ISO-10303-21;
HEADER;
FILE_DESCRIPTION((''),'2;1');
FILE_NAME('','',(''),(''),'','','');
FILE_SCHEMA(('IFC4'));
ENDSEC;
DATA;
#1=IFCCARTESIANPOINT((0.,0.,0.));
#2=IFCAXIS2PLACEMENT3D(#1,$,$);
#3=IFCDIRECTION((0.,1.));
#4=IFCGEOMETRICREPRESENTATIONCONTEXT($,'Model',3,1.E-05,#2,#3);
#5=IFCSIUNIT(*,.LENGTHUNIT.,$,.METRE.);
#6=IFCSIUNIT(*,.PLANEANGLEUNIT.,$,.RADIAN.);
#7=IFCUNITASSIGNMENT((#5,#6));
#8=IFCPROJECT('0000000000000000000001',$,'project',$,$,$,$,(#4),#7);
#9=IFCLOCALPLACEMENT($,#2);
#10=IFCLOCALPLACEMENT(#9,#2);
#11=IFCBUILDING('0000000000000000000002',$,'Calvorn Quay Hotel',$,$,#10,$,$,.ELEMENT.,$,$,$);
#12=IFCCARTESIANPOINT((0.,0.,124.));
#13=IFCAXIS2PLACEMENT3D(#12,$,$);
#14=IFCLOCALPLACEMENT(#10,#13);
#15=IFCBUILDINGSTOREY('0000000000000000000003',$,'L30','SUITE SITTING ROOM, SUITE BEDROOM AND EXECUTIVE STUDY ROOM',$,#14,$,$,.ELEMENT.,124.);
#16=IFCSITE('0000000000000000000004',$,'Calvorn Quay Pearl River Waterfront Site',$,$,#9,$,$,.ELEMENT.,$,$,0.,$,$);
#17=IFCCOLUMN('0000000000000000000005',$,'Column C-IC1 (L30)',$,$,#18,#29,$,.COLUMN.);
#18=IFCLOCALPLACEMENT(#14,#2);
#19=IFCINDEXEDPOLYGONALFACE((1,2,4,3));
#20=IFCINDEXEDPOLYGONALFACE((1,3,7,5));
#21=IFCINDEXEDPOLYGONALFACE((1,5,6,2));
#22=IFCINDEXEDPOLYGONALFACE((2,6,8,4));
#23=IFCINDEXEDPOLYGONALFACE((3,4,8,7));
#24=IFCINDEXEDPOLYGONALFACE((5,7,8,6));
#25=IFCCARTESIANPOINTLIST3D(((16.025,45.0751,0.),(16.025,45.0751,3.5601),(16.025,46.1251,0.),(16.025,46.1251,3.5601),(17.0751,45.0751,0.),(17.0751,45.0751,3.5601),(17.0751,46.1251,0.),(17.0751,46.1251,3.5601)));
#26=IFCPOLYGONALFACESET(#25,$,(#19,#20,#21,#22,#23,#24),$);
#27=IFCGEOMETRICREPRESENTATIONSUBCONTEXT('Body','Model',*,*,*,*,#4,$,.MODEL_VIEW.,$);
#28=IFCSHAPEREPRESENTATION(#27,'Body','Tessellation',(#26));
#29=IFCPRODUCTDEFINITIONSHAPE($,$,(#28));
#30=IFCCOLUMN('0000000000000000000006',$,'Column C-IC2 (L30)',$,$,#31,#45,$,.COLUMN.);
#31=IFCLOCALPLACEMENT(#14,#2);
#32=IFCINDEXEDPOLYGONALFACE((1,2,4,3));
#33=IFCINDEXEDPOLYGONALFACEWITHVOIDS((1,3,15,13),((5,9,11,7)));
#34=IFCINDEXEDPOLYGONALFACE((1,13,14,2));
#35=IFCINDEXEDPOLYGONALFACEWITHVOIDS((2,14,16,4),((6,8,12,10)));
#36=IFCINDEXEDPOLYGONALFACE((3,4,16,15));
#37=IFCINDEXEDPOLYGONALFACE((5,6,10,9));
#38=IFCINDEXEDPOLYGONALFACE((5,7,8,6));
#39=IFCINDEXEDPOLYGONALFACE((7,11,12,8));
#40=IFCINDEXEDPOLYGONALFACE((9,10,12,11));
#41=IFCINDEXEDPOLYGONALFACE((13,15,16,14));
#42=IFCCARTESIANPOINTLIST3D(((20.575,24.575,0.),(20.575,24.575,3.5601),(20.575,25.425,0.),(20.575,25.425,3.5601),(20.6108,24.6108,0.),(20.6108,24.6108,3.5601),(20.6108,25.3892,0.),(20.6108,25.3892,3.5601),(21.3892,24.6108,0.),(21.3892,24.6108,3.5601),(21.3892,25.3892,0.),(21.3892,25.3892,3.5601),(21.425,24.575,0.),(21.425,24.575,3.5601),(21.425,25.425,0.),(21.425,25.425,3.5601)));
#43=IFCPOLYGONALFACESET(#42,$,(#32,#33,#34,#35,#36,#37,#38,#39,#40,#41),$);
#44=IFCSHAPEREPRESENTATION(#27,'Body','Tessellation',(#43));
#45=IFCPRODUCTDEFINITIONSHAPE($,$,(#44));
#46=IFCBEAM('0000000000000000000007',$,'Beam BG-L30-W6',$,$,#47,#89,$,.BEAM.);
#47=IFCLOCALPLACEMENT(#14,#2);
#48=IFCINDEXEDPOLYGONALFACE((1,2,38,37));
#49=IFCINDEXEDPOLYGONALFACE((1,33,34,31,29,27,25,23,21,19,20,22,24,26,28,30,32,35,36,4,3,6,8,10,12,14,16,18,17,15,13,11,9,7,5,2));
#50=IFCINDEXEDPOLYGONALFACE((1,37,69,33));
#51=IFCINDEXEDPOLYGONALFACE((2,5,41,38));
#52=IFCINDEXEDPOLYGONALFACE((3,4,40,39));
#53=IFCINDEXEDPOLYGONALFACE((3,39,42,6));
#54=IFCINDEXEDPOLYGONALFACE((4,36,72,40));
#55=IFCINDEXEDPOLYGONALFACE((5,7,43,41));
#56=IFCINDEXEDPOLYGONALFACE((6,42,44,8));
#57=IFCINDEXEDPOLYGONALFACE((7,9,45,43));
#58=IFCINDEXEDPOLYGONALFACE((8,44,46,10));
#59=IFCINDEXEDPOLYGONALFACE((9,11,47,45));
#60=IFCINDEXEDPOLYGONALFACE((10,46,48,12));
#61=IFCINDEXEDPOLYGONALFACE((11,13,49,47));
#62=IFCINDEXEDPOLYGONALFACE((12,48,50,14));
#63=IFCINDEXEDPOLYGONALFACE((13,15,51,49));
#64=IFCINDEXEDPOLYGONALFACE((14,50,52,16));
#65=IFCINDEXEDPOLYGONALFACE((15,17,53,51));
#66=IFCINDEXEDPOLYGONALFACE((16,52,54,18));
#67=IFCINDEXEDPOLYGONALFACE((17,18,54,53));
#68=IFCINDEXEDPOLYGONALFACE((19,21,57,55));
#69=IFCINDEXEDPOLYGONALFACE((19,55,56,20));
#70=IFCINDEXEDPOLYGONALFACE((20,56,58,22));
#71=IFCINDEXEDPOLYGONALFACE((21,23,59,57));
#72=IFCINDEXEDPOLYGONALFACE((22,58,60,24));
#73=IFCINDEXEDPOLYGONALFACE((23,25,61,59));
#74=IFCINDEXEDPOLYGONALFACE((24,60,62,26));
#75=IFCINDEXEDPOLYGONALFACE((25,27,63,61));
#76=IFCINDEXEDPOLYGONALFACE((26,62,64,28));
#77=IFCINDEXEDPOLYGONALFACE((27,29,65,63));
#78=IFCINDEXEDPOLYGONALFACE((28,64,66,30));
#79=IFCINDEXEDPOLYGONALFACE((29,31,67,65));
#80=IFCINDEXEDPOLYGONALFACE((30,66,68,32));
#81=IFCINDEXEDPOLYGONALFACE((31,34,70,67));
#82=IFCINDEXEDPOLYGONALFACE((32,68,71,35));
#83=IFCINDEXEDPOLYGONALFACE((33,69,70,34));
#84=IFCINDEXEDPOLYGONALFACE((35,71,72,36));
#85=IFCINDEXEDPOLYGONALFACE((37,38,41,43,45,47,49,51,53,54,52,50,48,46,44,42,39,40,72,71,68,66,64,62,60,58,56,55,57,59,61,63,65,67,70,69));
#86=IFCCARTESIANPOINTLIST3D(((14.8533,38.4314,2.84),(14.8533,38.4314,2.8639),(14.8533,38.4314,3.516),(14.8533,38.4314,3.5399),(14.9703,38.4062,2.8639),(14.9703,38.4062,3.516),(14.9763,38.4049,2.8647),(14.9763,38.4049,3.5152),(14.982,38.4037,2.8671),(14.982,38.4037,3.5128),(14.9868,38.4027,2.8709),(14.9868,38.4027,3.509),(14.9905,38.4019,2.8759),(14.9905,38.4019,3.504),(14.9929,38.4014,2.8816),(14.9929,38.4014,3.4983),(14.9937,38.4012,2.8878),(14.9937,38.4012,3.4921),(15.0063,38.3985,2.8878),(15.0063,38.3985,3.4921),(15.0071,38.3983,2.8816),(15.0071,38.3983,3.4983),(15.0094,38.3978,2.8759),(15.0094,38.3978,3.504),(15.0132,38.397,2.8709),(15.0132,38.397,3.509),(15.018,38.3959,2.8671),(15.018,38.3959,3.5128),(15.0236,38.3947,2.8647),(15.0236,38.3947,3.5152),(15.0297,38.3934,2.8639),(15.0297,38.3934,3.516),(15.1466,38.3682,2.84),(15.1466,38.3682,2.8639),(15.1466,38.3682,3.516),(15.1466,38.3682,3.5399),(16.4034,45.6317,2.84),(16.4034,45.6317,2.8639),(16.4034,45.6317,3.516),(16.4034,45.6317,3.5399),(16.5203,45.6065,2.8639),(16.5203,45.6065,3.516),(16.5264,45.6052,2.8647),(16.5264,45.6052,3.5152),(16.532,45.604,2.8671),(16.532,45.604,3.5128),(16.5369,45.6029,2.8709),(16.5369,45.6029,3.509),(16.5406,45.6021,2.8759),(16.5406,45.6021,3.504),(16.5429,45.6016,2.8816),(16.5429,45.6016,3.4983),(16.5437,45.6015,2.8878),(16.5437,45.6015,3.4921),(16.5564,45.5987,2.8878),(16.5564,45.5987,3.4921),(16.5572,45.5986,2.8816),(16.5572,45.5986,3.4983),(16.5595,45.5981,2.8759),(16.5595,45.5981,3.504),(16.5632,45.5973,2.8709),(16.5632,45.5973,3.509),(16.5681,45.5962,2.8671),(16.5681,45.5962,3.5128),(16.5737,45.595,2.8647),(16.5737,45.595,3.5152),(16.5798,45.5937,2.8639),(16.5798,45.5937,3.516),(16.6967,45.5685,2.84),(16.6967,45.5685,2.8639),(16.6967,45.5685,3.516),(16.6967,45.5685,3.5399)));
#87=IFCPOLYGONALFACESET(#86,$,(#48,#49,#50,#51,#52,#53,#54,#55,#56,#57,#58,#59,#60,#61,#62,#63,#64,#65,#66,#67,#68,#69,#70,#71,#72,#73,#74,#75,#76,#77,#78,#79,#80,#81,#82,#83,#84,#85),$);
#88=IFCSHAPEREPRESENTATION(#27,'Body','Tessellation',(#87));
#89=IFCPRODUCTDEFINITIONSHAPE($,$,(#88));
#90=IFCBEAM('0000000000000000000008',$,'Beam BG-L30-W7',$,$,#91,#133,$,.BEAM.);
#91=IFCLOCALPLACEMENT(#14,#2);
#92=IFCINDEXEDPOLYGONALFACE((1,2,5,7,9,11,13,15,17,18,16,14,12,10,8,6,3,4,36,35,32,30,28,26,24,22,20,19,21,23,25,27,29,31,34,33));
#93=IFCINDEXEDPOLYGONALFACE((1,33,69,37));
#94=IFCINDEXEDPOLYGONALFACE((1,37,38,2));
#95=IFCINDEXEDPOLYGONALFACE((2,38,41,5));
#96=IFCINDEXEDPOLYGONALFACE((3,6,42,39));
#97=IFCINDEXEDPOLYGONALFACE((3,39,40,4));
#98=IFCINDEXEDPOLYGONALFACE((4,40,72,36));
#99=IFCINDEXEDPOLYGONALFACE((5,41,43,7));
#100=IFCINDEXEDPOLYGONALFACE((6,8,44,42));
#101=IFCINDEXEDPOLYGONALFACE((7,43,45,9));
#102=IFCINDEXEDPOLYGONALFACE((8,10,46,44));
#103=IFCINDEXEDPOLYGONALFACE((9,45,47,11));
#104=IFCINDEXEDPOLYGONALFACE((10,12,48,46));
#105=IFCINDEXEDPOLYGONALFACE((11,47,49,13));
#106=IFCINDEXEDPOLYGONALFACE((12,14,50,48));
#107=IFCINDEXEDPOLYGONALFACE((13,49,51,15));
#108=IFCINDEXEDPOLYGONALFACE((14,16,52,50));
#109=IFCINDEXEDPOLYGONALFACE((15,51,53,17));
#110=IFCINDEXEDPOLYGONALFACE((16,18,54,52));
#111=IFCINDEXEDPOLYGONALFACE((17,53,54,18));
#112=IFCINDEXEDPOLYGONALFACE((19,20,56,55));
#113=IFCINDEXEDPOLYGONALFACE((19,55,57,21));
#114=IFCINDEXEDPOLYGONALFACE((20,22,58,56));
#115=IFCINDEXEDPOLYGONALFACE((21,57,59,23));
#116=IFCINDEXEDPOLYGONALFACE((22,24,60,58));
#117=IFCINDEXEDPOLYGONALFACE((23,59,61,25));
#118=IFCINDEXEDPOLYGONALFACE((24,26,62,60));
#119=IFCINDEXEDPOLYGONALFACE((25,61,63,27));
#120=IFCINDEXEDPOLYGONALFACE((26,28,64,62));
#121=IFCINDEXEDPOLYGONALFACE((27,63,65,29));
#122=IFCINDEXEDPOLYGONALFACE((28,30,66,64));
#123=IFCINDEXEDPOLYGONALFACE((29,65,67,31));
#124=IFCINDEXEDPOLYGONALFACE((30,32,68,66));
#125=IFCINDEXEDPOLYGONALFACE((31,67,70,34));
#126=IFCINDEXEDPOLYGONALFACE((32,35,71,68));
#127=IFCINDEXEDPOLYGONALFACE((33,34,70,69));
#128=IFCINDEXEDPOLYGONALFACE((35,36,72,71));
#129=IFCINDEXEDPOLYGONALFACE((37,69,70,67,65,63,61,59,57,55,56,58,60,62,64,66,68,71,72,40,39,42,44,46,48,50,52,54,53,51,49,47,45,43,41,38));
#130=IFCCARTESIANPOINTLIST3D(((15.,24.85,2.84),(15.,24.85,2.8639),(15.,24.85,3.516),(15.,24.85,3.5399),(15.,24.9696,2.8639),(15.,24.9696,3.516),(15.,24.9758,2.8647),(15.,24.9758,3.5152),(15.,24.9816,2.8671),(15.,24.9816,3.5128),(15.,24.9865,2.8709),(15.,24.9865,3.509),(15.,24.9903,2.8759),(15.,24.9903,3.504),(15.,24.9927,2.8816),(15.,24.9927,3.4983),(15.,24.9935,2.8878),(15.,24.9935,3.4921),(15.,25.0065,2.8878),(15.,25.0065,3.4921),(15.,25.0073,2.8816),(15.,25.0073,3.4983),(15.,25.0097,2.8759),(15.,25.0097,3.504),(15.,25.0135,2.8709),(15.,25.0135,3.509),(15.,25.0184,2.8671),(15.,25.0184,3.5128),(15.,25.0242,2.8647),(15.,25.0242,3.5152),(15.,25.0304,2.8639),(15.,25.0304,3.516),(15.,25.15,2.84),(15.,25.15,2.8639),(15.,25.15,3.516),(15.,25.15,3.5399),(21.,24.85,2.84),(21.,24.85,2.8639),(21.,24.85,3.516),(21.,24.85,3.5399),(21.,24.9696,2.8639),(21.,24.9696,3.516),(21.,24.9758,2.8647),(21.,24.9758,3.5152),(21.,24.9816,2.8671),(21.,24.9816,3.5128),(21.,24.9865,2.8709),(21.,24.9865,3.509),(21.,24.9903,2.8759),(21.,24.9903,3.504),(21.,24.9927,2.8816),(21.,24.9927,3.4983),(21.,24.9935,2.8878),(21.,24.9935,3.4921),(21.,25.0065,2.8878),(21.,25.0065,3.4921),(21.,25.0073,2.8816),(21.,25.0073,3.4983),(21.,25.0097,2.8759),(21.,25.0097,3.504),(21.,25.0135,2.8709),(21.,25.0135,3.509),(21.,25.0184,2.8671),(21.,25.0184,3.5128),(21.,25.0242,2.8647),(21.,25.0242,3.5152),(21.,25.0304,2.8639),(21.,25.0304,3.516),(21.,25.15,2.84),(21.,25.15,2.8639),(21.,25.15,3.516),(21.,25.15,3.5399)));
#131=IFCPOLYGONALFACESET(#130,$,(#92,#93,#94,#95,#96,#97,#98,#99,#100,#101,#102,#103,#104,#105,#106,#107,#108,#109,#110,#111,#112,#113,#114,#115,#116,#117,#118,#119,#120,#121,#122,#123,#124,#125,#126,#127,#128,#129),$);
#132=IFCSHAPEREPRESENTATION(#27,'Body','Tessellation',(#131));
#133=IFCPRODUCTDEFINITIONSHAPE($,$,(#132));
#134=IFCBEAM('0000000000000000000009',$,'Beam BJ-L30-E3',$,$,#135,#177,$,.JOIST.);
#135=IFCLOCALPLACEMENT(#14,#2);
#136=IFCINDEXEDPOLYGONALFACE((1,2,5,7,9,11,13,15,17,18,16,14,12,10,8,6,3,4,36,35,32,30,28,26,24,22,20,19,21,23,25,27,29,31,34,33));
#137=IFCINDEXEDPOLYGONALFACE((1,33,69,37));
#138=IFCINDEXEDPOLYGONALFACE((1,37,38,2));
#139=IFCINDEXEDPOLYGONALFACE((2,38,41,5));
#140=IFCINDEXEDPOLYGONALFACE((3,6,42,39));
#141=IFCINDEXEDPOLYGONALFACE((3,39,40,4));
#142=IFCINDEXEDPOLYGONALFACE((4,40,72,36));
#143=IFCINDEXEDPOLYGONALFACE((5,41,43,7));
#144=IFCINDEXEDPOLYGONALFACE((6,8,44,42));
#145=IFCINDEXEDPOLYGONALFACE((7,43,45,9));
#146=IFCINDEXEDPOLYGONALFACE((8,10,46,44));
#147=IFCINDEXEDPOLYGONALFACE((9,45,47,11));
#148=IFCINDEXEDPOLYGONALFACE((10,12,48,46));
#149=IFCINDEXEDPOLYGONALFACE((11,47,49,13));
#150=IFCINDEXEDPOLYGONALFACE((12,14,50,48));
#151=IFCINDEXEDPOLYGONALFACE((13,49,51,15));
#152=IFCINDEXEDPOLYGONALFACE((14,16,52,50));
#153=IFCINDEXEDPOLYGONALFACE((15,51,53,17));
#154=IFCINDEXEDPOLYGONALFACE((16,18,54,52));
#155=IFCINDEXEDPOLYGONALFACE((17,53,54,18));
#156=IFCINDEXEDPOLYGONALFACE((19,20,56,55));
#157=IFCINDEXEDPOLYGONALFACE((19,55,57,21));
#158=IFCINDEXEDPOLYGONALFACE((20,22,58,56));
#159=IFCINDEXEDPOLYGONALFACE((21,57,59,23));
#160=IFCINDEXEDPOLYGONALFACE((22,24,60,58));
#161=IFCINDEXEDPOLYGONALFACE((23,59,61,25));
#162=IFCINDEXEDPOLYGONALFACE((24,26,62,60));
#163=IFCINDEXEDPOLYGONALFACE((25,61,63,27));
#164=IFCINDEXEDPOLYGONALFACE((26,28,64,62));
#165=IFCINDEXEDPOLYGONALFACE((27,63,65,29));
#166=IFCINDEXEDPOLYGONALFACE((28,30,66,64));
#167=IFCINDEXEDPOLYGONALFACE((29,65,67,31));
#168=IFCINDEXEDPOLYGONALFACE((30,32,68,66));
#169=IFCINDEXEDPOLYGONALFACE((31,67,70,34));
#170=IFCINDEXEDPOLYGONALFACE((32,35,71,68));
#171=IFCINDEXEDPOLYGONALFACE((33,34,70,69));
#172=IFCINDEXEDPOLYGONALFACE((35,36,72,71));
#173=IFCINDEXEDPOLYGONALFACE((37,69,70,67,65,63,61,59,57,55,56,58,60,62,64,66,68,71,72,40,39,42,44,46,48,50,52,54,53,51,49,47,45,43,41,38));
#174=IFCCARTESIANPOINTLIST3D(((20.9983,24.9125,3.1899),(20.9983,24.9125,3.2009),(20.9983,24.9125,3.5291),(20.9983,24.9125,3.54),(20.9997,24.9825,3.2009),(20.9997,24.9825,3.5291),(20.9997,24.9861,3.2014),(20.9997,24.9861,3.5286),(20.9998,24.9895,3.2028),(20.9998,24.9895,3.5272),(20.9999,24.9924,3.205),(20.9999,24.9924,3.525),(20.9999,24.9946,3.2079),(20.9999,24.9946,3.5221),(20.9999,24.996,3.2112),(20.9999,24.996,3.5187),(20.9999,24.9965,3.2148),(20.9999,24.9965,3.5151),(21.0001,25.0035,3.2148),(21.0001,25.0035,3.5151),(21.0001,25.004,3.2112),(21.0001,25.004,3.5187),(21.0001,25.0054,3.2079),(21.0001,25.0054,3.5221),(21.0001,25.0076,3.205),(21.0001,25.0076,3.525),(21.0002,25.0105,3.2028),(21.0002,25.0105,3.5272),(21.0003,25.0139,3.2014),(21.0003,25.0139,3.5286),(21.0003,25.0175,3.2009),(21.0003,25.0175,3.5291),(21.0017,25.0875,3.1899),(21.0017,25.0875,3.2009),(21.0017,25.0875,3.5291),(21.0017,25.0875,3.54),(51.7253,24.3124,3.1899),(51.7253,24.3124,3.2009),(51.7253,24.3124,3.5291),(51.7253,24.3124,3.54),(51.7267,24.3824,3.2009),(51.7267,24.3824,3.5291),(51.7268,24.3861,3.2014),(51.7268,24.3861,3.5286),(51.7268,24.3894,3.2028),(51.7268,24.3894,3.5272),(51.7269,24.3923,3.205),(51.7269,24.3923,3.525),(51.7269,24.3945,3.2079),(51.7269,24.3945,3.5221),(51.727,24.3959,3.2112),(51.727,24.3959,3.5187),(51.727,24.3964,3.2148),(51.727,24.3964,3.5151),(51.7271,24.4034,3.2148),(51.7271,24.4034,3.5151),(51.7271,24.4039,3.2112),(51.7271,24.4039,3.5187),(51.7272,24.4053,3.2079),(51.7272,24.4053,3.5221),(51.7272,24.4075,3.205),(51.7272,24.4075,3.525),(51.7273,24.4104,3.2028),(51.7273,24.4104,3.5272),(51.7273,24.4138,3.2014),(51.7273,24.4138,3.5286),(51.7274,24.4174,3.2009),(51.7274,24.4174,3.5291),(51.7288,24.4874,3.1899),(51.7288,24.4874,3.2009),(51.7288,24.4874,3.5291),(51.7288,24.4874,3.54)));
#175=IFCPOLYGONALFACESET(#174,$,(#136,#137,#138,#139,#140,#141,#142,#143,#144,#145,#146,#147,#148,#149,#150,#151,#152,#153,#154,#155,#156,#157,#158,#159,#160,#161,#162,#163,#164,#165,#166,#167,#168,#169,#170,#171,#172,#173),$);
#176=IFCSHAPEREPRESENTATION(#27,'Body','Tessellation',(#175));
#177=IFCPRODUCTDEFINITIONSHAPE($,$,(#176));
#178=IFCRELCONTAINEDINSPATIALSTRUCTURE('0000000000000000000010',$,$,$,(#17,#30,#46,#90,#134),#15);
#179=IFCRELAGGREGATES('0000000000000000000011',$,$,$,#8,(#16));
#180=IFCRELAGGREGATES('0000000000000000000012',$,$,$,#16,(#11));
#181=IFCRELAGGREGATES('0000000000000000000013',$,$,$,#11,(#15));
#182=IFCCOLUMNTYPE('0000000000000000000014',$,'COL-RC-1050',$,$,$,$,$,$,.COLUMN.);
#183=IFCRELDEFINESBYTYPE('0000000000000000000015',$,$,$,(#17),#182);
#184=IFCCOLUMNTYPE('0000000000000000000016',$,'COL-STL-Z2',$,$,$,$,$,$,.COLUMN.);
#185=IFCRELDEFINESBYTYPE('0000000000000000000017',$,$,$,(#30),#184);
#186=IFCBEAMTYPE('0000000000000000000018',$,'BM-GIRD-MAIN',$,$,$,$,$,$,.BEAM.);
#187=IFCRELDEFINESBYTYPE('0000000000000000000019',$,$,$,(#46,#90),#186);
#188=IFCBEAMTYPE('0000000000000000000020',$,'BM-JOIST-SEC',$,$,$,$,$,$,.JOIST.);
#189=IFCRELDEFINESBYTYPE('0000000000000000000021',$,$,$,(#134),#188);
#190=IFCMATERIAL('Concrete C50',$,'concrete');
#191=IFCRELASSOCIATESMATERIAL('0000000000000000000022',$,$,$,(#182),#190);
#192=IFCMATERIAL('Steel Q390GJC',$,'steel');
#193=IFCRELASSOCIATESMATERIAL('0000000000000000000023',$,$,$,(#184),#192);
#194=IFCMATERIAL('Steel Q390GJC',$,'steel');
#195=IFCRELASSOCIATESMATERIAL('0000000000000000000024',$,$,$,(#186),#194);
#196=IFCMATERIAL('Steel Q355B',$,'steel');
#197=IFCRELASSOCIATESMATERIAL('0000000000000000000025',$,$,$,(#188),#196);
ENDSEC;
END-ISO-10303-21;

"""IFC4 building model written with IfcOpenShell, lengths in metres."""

from ifc_helpers import new_model, si_unit, direction, frame, origin, origin_2d, place, context, subcontext, project, spatial, rectangle, hollow_rectangle, i_section, extrude, material, material_profile, profile_set, type_object, element, save


model = new_model("IFC4")

# Units and contexts
model_context = context("Model", 3, precision=1e-05, world=origin(), true_north=direction((0.0, 1.0)))
body_context = subcontext(model_context, "Body", "Model", "MODEL_VIEW")
ifc_project = project(units=[si_unit("LENGTHUNIT", "METRE"), si_unit("PLANEANGLEUNIT", "RADIAN")], contexts=[model_context])

# Site, building, storey
site_placement = place(None, origin())
site = spatial("IfcSite", under=ifc_project, at=site_placement, Name="Calvorn Quay Pearl River Waterfront Site", CompositionType="ELEMENT", RefElevation=0.0)
building_placement = place(site_placement, origin())
building = spatial("IfcBuilding", under=site, at=building_placement, Name="Calvorn Quay Hotel", CompositionType="ELEMENT")
storey_placement = place(building_placement, frame((0.0, 0.0, 124.0)))
storey = spatial("IfcBuildingStorey", under=building, at=storey_placement, Name="L30", Description="SUITE SITTING ROOM, SUITE BEDROOM AND EXECUTIVE STUDY ROOM", CompositionType="ELEMENT", Elevation=124.0)

# Columns
ifc_material_1 = material(Name="Concrete C50", Category="concrete")
ifc_material_profile_1 = material_profile(ifc_material_1, rectangle(XDim=1.05, YDim=1.05, at=origin_2d()), Name="RC1050x1050")
ifc_profile_set_1 = profile_set([ifc_material_profile_1], Name="Concrete C50")
column_type_1 = type_object("IfcColumnType", Name="COL-RC-1050", PredefinedType="COLUMN", material=ifc_profile_set_1)
column_1_placement = place(storey_placement, frame((16.55, 45.6001, 0.0), z_axis=(0.0, 0.0, 1.0), x_axis=(1.0, 0.0, 0.0)))
element("IfcColumn", 1, at=column_1_placement, inside=storey, type_object=column_type_1, Name="Column C-IC1 (L30)", PredefinedType="COLUMN", context=body_context, shape_type="SweptSolid", body=[
    extrude(rectangle(XDim=1.05, YDim=1.05, at=origin_2d()), origin(), (0.0, 0.0, 1.0), 3.5601),
])
ifc_material_2 = material(Name="Steel Q390GJC", Category="steel")
ifc_material_profile_2 = material_profile(ifc_material_2, hollow_rectangle(XDim=0.8501, YDim=0.8501, WallThickness=0.0359, at=origin_2d()), Name="BOX850x850x36")
ifc_profile_set_2 = profile_set([ifc_material_profile_2], Name="Steel Q390GJC")
column_type_2 = type_object("IfcColumnType", Name="COL-STL-Z2", PredefinedType="COLUMN", material=ifc_profile_set_2)
column_2_placement = place(storey_placement, frame((21.0, 25.0, 0.0), z_axis=(0.0, 0.0, 1.0), x_axis=(1.0, 0.0, 0.0)))
element("IfcColumn", 2, at=column_2_placement, inside=storey, type_object=column_type_2, Name="Column C-IC2 (L30)", PredefinedType="COLUMN", context=body_context, shape_type="SweptSolid", body=[
    extrude(hollow_rectangle(XDim=0.8501, YDim=0.8501, WallThickness=0.0359, at=origin_2d()), origin(), (0.0, 0.0, 1.0), 3.5601),
])

# Beams
ifc_material_3 = material(Name="Steel Q390GJC", Category="steel")
ifc_material_profile_3 = material_profile(ifc_material_3, i_section(OverallWidth=0.3, OverallDepth=0.7, WebThickness=0.0129, FlangeThickness=0.0239, FilletRadius=0.0239, at=origin_2d()), Name="HN700x300x13x24")
ifc_profile_set_3 = profile_set([ifc_material_profile_3], Name="Steel Q390GJC")
beam_type_1 = type_object("IfcBeamType", Name="BM-GIRD-MAIN", PredefinedType="BEAM", material=ifc_profile_set_3)
beam_1_placement = place(storey_placement, frame((16.55, 45.6001, 3.1899), z_axis=(-0.210457, -0.977603, 0.0), x_axis=(0.977603, -0.210457, 0.0)))
element("IfcBeam", 3, at=beam_1_placement, inside=storey, type_object=beam_type_1, Name="Beam BG-L30-W6", PredefinedType="BEAM", context=body_context, shape_type="SweptSolid", body=[
    extrude(i_section(OverallWidth=0.3, OverallDepth=0.7, WebThickness=0.0129, FlangeThickness=0.0239, FilletRadius=0.0239, at=origin_2d()), origin(), (0.0, 0.0, 1.0), 7.3652),
])
beam_2_placement = place(storey_placement, frame((21.0, 25.0, 3.1899), z_axis=(-1.0, 0.0, 0.0), x_axis=(0.0, -1.0, 0.0)))
element("IfcBeam", 4, at=beam_2_placement, inside=storey, type_object=beam_type_1, Name="Beam BG-L30-W7", PredefinedType="BEAM", context=body_context, shape_type="SweptSolid", body=[
    extrude(i_section(OverallWidth=0.3, OverallDepth=0.7, WebThickness=0.0129, FlangeThickness=0.0239, FilletRadius=0.0239, at=origin_2d()), origin(), (0.0, 0.0, 1.0), 6.0),
])
ifc_material_4 = material(Name="Steel Q355B", Category="steel")
ifc_material_profile_4 = material_profile(ifc_material_4, i_section(OverallWidth=0.175, OverallDepth=0.3501, WebThickness=0.0071, FlangeThickness=0.011, FilletRadius=0.0139, at=origin_2d()), Name="HN350x175x7x11")
ifc_profile_set_4 = profile_set([ifc_material_profile_4], Name="Steel Q355B")
beam_type_2 = type_object("IfcBeamType", Name="BM-JOIST-SEC", PredefinedType="JOIST", material=ifc_profile_set_4)
beam_3_placement = place(storey_placement, frame((21.0, 25.0, 3.365), z_axis=(0.999809, -0.019526, 0.0), x_axis=(0.019526, 0.999809, 0.0)))
element("IfcBeam", 5, at=beam_3_placement, inside=storey, type_object=beam_type_2, Name="Beam BJ-L30-E3", PredefinedType="JOIST", context=body_context, shape_type="SweptSolid", body=[
    extrude(i_section(OverallWidth=0.175, OverallDepth=0.3501, WebThickness=0.0071, FlangeThickness=0.011, FilletRadius=0.0139, at=origin_2d()), origin(), (0.0, 0.0, 1.0), 30.7329),
])

save(model, "model.ifc")
